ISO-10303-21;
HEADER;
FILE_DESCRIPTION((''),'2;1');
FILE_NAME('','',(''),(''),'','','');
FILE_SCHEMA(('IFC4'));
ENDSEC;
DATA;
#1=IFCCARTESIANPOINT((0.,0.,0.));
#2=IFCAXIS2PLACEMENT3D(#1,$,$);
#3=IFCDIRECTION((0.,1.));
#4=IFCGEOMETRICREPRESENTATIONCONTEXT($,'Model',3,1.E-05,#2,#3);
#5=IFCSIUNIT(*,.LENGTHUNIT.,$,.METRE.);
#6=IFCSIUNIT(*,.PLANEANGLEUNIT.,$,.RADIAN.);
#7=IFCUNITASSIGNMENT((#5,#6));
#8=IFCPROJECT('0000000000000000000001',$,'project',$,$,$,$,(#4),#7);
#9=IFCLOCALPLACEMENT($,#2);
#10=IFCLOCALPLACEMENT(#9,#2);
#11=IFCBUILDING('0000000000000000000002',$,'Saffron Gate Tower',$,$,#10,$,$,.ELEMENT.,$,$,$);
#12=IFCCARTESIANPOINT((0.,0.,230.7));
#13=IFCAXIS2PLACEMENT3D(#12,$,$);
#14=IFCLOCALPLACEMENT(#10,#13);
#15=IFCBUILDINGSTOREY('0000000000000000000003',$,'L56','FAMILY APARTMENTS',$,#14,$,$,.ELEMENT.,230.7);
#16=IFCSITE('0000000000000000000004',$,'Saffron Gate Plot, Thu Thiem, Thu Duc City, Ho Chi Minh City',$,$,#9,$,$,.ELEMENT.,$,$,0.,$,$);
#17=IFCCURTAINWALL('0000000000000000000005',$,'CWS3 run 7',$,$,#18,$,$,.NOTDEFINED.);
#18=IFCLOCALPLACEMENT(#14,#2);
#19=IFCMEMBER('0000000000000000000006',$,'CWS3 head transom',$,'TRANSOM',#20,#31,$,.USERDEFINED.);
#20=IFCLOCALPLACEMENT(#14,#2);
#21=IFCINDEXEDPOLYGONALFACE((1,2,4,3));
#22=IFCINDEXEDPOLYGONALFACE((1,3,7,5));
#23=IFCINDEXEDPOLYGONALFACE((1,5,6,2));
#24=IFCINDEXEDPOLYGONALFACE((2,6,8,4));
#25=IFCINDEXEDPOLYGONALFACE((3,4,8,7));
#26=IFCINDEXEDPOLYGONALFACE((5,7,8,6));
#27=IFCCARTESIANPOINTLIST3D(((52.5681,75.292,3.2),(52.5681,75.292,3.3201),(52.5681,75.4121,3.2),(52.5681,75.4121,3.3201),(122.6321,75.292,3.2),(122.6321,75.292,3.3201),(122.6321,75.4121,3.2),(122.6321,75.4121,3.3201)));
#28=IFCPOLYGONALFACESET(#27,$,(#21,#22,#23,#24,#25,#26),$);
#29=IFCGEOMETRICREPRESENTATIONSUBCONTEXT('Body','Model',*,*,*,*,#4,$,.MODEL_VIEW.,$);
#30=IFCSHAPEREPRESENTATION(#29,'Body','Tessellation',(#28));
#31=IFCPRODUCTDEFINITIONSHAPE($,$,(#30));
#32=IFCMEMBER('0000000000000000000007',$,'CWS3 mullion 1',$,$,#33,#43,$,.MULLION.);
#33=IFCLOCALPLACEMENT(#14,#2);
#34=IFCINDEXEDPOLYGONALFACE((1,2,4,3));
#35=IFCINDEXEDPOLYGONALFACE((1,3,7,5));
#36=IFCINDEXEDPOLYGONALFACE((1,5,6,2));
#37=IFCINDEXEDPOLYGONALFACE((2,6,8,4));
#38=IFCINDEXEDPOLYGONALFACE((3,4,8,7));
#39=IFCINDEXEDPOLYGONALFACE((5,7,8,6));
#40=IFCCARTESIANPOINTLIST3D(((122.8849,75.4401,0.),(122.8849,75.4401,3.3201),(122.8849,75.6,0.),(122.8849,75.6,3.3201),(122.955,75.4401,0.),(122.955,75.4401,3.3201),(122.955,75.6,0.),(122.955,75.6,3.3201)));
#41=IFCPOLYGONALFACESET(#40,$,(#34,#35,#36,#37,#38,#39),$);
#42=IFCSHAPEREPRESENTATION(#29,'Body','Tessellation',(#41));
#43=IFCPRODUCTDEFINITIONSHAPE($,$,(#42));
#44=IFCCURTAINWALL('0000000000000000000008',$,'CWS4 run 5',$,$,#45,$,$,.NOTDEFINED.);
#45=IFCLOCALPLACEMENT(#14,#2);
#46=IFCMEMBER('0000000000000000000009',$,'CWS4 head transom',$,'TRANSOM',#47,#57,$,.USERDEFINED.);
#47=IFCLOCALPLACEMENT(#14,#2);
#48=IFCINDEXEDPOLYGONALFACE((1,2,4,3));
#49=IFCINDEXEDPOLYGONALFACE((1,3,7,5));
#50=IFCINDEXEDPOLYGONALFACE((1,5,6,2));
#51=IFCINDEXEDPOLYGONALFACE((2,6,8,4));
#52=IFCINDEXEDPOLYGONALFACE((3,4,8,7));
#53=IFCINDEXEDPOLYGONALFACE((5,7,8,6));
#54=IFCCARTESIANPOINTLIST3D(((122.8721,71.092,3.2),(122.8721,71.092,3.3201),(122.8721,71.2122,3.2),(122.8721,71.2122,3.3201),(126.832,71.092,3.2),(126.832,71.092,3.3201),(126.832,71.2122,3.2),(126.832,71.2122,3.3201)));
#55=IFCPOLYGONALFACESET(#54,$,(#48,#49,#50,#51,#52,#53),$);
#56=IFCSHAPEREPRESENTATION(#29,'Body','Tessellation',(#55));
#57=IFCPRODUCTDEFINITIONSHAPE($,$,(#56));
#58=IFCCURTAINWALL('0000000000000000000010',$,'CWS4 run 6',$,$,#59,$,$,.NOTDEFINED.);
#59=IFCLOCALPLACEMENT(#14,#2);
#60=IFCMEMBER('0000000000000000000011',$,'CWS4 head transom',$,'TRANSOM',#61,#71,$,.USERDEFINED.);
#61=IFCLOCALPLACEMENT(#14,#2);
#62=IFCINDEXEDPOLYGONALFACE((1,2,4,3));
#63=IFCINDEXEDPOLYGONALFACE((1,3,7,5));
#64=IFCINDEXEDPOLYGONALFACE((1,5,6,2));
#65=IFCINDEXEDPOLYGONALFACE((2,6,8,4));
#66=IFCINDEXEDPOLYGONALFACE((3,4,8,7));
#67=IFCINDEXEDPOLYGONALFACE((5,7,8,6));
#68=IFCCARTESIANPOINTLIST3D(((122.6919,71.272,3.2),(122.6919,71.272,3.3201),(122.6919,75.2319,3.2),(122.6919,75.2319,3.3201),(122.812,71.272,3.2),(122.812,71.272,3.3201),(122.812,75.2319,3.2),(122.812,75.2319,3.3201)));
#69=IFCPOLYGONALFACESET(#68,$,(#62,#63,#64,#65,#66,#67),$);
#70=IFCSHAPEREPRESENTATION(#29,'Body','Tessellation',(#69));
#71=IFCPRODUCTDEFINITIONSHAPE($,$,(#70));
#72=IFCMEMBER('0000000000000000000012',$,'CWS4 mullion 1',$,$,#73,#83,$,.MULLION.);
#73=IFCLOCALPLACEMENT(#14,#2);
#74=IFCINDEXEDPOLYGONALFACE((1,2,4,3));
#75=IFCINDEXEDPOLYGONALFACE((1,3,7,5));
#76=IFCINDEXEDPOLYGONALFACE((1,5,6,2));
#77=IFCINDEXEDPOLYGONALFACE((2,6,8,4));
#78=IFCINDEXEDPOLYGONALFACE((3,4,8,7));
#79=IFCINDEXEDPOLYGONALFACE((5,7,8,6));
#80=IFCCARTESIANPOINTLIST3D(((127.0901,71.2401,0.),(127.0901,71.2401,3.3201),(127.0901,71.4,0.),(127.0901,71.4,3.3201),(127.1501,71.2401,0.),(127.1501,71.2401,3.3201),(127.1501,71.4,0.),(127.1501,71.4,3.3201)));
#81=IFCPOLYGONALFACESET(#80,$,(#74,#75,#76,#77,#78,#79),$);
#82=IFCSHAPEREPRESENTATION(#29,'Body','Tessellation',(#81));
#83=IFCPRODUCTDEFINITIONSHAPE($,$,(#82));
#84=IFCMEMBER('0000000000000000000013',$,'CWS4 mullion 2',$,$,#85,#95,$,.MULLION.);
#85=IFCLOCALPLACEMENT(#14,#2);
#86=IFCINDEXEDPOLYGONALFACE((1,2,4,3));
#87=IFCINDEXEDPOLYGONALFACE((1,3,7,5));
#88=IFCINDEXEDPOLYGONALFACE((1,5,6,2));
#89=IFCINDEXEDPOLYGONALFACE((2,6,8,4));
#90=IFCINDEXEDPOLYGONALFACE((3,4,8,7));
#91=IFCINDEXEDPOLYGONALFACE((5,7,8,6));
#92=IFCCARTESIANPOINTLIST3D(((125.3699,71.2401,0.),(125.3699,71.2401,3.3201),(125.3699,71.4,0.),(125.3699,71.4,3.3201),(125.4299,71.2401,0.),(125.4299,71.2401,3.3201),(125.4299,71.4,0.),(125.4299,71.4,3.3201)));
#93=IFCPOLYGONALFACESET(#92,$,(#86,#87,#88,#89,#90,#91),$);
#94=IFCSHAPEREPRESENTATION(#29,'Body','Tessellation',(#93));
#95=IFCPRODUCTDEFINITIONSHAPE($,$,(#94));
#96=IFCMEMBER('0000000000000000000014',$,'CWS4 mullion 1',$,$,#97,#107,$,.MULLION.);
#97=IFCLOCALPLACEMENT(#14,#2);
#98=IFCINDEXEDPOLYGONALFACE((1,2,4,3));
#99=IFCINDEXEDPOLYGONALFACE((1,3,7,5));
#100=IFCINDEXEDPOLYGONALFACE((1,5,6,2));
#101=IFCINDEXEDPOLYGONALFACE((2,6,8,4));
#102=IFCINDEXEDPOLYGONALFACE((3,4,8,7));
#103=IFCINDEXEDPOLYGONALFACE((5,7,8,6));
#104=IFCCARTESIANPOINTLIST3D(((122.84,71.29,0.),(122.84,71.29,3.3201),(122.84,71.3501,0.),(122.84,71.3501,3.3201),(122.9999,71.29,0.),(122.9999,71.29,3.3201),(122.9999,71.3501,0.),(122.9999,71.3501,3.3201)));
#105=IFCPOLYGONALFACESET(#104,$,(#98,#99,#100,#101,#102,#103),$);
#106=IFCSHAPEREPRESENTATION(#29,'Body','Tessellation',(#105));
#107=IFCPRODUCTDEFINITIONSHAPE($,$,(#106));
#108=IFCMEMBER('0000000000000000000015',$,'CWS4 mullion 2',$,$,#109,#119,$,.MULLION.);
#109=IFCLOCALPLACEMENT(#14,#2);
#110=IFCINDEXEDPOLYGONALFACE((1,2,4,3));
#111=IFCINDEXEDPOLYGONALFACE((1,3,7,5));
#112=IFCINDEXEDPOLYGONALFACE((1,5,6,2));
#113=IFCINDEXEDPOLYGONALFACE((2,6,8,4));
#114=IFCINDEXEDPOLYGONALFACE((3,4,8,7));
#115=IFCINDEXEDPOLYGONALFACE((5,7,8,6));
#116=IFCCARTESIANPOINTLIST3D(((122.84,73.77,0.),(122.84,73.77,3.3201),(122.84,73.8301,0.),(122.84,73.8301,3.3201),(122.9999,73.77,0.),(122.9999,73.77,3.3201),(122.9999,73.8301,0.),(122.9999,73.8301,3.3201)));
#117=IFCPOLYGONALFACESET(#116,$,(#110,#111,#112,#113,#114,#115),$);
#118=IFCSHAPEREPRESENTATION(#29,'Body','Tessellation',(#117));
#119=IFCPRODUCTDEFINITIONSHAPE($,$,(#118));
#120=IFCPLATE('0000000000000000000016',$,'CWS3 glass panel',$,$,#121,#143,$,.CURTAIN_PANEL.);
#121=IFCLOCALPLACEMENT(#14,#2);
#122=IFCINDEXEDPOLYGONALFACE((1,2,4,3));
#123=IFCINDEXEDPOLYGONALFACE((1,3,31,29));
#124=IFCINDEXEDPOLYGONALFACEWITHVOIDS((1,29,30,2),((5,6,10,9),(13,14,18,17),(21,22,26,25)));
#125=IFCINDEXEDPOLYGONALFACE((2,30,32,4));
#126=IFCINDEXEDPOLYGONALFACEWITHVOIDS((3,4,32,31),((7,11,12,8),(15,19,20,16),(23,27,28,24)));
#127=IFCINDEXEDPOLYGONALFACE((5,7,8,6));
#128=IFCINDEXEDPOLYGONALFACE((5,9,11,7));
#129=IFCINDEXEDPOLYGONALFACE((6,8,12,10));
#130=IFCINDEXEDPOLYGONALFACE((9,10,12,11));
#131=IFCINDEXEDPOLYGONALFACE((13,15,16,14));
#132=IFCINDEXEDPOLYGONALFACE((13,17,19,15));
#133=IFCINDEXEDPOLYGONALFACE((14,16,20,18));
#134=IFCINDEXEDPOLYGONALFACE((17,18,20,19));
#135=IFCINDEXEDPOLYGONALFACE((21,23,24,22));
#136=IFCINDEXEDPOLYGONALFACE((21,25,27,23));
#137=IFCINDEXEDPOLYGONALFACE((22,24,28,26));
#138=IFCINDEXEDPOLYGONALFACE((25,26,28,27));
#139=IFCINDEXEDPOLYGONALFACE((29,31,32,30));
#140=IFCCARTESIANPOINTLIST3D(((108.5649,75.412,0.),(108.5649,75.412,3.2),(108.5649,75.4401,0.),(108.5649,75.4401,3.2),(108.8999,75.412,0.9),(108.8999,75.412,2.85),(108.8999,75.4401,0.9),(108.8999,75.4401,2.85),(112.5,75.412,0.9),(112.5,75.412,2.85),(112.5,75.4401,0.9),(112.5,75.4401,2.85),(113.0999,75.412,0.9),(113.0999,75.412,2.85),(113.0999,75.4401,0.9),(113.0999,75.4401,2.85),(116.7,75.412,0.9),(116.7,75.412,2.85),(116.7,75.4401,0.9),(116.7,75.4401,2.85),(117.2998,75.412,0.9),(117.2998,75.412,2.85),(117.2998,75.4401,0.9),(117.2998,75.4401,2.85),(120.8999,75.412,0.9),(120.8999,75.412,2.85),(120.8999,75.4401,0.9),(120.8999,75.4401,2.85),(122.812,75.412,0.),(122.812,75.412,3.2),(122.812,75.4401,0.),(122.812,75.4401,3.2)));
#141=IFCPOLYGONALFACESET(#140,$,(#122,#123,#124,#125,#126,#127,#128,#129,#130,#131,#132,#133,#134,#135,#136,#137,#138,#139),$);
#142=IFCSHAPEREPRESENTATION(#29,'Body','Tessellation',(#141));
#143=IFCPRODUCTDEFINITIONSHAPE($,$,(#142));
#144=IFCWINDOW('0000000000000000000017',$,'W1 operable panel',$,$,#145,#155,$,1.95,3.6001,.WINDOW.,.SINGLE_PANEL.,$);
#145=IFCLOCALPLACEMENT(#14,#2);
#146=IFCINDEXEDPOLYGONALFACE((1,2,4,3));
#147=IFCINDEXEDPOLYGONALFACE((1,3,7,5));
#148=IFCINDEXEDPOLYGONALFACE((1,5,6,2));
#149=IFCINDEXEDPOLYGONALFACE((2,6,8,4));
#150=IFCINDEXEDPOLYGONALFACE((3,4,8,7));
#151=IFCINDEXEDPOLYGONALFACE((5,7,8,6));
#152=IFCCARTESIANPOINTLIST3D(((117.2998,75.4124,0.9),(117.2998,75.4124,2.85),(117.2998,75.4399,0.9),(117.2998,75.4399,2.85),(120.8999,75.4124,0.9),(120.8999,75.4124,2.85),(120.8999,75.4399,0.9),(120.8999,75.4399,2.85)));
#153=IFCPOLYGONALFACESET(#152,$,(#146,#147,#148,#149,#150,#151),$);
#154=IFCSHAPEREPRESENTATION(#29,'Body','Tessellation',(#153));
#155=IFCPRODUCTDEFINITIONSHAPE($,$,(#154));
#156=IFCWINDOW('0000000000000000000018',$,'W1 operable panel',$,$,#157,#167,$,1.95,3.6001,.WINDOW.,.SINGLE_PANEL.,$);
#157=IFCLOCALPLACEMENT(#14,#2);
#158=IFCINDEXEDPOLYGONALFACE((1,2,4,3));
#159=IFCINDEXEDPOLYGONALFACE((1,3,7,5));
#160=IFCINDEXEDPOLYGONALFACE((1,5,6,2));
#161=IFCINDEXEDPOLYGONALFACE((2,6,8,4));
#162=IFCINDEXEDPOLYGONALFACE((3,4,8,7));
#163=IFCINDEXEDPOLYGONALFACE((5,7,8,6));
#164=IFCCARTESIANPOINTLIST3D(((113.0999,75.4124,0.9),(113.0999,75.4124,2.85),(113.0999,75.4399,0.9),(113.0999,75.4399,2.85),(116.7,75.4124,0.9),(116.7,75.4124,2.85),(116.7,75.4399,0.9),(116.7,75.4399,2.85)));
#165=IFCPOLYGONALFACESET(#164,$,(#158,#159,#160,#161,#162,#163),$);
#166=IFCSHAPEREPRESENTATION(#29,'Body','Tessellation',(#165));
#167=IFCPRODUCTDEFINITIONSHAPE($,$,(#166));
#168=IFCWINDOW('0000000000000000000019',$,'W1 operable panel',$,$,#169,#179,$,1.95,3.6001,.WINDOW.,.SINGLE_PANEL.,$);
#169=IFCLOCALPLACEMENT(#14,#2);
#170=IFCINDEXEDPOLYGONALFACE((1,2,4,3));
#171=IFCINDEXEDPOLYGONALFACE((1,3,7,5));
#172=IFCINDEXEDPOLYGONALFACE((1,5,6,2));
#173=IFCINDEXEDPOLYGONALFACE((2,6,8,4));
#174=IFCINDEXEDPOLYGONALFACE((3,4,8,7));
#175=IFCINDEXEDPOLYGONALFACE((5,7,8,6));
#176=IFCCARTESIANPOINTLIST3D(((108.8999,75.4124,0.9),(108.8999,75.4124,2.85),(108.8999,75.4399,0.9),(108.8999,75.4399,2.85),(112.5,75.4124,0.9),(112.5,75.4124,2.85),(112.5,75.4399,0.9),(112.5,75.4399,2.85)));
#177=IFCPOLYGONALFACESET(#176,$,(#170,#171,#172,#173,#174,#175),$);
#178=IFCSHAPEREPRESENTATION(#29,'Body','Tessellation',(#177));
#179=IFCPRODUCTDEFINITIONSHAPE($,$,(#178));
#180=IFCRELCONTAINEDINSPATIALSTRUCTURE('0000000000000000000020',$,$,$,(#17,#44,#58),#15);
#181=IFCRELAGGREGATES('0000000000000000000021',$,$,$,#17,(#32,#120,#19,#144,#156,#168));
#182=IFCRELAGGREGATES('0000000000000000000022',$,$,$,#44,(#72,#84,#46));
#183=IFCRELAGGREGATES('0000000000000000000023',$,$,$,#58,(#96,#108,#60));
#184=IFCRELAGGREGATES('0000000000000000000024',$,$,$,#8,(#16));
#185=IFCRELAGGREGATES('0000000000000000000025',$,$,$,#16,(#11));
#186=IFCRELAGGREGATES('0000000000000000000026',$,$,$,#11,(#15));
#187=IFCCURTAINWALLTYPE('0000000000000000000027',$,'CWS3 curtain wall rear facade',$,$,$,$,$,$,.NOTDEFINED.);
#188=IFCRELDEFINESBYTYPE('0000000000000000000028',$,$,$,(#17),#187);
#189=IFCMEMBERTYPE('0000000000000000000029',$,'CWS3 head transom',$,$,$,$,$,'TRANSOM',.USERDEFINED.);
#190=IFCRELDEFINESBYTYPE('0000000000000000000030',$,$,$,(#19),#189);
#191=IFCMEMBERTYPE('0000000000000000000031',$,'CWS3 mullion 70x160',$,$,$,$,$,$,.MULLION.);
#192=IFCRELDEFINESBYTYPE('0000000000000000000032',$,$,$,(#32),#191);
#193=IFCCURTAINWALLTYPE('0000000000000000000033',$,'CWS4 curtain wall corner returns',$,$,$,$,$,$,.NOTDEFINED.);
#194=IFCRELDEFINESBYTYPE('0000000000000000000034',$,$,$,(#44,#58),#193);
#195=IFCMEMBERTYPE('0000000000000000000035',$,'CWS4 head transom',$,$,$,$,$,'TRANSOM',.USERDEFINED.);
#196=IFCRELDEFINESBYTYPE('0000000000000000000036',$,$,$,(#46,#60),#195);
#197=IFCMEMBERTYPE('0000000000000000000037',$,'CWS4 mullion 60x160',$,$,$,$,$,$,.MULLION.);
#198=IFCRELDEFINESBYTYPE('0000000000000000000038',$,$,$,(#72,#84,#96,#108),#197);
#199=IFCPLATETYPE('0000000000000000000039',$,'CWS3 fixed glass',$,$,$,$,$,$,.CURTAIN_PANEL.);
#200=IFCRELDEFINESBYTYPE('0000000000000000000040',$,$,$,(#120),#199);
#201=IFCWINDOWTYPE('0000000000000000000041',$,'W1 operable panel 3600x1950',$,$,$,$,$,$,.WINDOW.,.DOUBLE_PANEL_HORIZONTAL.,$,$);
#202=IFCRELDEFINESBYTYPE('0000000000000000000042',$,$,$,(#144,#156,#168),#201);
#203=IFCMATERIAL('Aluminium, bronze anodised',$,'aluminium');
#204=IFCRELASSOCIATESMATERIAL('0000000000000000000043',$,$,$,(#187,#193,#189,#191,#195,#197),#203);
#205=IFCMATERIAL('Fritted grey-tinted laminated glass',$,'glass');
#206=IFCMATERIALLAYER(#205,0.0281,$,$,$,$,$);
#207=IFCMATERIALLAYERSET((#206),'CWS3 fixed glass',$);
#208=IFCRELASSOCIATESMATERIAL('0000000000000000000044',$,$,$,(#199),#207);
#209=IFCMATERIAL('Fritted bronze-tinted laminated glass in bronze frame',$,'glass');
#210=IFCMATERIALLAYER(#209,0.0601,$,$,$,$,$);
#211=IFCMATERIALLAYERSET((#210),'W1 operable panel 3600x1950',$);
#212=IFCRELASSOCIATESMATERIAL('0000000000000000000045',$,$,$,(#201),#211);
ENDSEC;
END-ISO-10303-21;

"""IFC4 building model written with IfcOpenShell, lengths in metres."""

from ifc_helpers import new_model, si_unit, direction, frame, frame_2d, origin, origin_2d, place, context, subcontext, project, spatial, rectangle, extrude, material, layer, layer_set, material_profile, profile_set, type_object, element, fill, aggregate, save


model = new_model("IFC4")

# Units and contexts
model_context = context("Model", 3, precision=1e-05, world=origin(), true_north=direction((0.0, 1.0)))
body_context = subcontext(model_context, "Body", "Model", "MODEL_VIEW")
ifc_project = project(units=[si_unit("LENGTHUNIT", "METRE"), si_unit("PLANEANGLEUNIT", "RADIAN")], contexts=[model_context])

# Site, building, storey
site_placement = place(None, origin())
site = spatial("IfcSite", under=ifc_project, at=site_placement, Name="Saffron Gate Plot, Thu Thiem, Thu Duc City, Ho Chi Minh City", CompositionType="ELEMENT", RefElevation=0.0)
building_placement = place(site_placement, origin())
building = spatial("IfcBuilding", under=site, at=building_placement, Name="Saffron Gate Tower", CompositionType="ELEMENT")
storey_placement = place(building_placement, frame((0.0, 0.0, 230.7)))
storey = spatial("IfcBuildingStorey", under=building, at=storey_placement, Name="L56", Description="FAMILY APARTMENTS", CompositionType="ELEMENT", Elevation=230.7)

# Curtain wall, members
ifc_material_1 = material(Name="Aluminium, bronze anodised", Category="aluminium")
curtain_wall_type_1 = type_object("IfcCurtainWallType", Name="CWS3 curtain wall rear facade", PredefinedType="NOTDEFINED", material=ifc_material_1)
curtain_wall_1_placement = place(storey_placement, origin())
curtain_wall_1 = element("IfcCurtainWall", 1, at=curtain_wall_1_placement, inside=storey, type_object=curtain_wall_type_1, Name="CWS3 run 7", PredefinedType="NOTDEFINED")
ifc_material_profile_1 = material_profile(ifc_material_1, rectangle(XDim=0.1201, YDim=0.1201, at=origin_2d()))
ifc_profile_set_1 = profile_set([ifc_material_profile_1], Name="Aluminium, bronze anodised")
member_type_1 = type_object("IfcMemberType", Name="CWS3 head transom", ElementType="TRANSOM", PredefinedType="USERDEFINED", material=ifc_profile_set_1)
member_1_placement = place(storey_placement, frame((122.6321, 75.3521, 3.26), z_axis=(-1.0, 0.0, 0.0), x_axis=(0.0, -1.0, 0.0)))
member_1 = element("IfcMember", 2, at=member_1_placement, type_object=member_type_1, Name="CWS3 head transom", ObjectType="TRANSOM", PredefinedType="USERDEFINED", context=body_context, shape_type="SweptSolid", body=[
    extrude(rectangle(XDim=0.1201, YDim=0.1201, at=origin_2d()), origin(), (0.0, 0.0, 1.0), 70.064),
])
ifc_material_profile_2 = material_profile(ifc_material_1, rectangle(XDim=0.1599, YDim=0.0701, at=origin_2d()))
ifc_profile_set_2 = profile_set([ifc_material_profile_2], Name="Aluminium, bronze anodised")
member_type_2 = type_object("IfcMemberType", Name="CWS3 mullion 70x160", PredefinedType="MULLION", material=ifc_profile_set_2)
member_2_placement = place(storey_placement, frame((122.9199, 75.52, 0.0), z_axis=(0.0, 0.0, 1.0), x_axis=(0.0, -1.0, 0.0)))
member_2 = element("IfcMember", 3, at=member_2_placement, type_object=member_type_2, Name="CWS3 mullion 1", PredefinedType="MULLION", context=body_context, shape_type="SweptSolid", body=[
    extrude(rectangle(XDim=0.1599, YDim=0.0701, at=origin_2d()), origin(), (0.0, 0.0, 1.0), 3.3201),
])

# Curtain walls, members
curtain_wall_type_2 = type_object("IfcCurtainWallType", Name="CWS4 curtain wall corner returns", PredefinedType="NOTDEFINED", material=ifc_material_1)
curtain_wall_2_placement = place(storey_placement, origin())
curtain_wall_2 = element("IfcCurtainWall", 4, at=curtain_wall_2_placement, inside=storey, type_object=curtain_wall_type_2, Name="CWS4 run 5", PredefinedType="NOTDEFINED")
ifc_material_profile_3 = material_profile(ifc_material_1, rectangle(XDim=0.1201, YDim=0.1201, at=origin_2d()))
ifc_profile_set_3 = profile_set([ifc_material_profile_3], Name="Aluminium, bronze anodised")
member_type_3 = type_object("IfcMemberType", Name="CWS4 head transom", ElementType="TRANSOM", PredefinedType="USERDEFINED", material=ifc_profile_set_3)
member_3_placement = place(storey_placement, frame((126.832, 71.1521, 3.26), z_axis=(-1.0, 0.0, 0.0), x_axis=(0.0, -1.0, 0.0)))
member_3 = element("IfcMember", 5, at=member_3_placement, type_object=member_type_3, Name="CWS4 head transom", ObjectType="TRANSOM", PredefinedType="USERDEFINED", context=body_context, shape_type="SweptSolid", body=[
    extrude(rectangle(XDim=0.1201, YDim=0.1201, at=origin_2d()), origin(), (0.0, 0.0, 1.0), 3.96),
])
curtain_wall_3_placement = place(storey_placement, origin())
curtain_wall_3 = element("IfcCurtainWall", 6, at=curtain_wall_3_placement, inside=storey, type_object=curtain_wall_type_2, Name="CWS4 run 6", PredefinedType="NOTDEFINED")
member_4_placement = place(storey_placement, frame((122.752, 71.272, 3.26), z_axis=(0.0, 1.0, 0.0), x_axis=(-1.0, 0.0, 0.0)))
member_4 = element("IfcMember", 7, at=member_4_placement, type_object=member_type_3, Name="CWS4 head transom", ObjectType="TRANSOM", PredefinedType="USERDEFINED", context=body_context, shape_type="SweptSolid", body=[
    extrude(rectangle(XDim=0.1201, YDim=0.1201, at=origin_2d()), origin(), (0.0, 0.0, 1.0), 3.96),
])

# Members
ifc_material_profile_4 = material_profile(ifc_material_1, rectangle(XDim=0.1599, YDim=0.0601, at=origin_2d()))
ifc_profile_set_4 = profile_set([ifc_material_profile_4], Name="Aluminium, bronze anodised")
member_type_4 = type_object("IfcMemberType", Name="CWS4 mullion 60x160", PredefinedType="MULLION", material=ifc_profile_set_4)
member_5_placement = place(storey_placement, frame((127.1201, 71.3201, 0.0), z_axis=(0.0, 0.0, 1.0), x_axis=(0.0, -1.0, 0.0)))
member_5 = element("IfcMember", 8, at=member_5_placement, type_object=member_type_4, Name="CWS4 mullion 1", PredefinedType="MULLION", context=body_context, shape_type="SweptSolid", body=[
    extrude(rectangle(XDim=0.1599, YDim=0.0601, at=origin_2d()), origin(), (0.0, 0.0, 1.0), 3.3201),
])
member_6_placement = place(storey_placement, frame((125.3999, 71.3201, 0.0), z_axis=(0.0, 0.0, 1.0), x_axis=(0.0, -1.0, 0.0)))
member_6 = element("IfcMember", 9, at=member_6_placement, type_object=member_type_4, Name="CWS4 mullion 2", PredefinedType="MULLION", context=body_context, shape_type="SweptSolid", body=[
    extrude(rectangle(XDim=0.1599, YDim=0.0601, at=origin_2d()), origin(), (0.0, 0.0, 1.0), 3.3201),
])
member_7_placement = place(storey_placement, frame((122.9199, 71.3201, 0.0), z_axis=(0.0, 0.0, 1.0), x_axis=(-1.0, 0.0, 0.0)))
member_7 = element("IfcMember", 10, at=member_7_placement, type_object=member_type_4, Name="CWS4 mullion 1", PredefinedType="MULLION", context=body_context, shape_type="SweptSolid", body=[
    extrude(rectangle(XDim=0.1599, YDim=0.0601, at=origin_2d()), origin(), (0.0, 0.0, 1.0), 3.3201),
])
member_8_placement = place(storey_placement, frame((122.9199, 73.8, 0.0), z_axis=(0.0, 0.0, 1.0), x_axis=(-1.0, 0.0, 0.0)))
member_8 = element("IfcMember", 11, at=member_8_placement, type_object=member_type_4, Name="CWS4 mullion 2", PredefinedType="MULLION", context=body_context, shape_type="SweptSolid", body=[
    extrude(rectangle(XDim=0.1599, YDim=0.0601, at=origin_2d()), origin(), (0.0, 0.0, 1.0), 3.3201),
])

# Plate, openings, windows
ifc_material_2 = material(Name="Fritted grey-tinted laminated glass", Category="glass")
ifc_layer_1 = layer(ifc_material_2, 0.0281)
ifc_layer_set_1 = layer_set([ifc_layer_1], Name="CWS3 fixed glass")
plate_type_1 = type_object("IfcPlateType", Name="CWS3 fixed glass", PredefinedType="CURTAIN_PANEL", material=ifc_layer_set_1)
plate_1_placement = place(storey_placement, frame((122.812, 75.426, 0.0), z_axis=(0.0, 0.0, 1.0), x_axis=(-1.0, 0.0, 0.0)))
plate_1 = element("IfcPlate", 12, at=plate_1_placement, type_object=plate_type_1, Name="CWS3 glass panel", PredefinedType="CURTAIN_PANEL", context=body_context, shape_type="SweptSolid", body=[
    extrude(rectangle(XDim=14.2471, YDim=0.0281, at=frame_2d((7.1235, 0.0))), origin(), (0.0, 0.0, 1.0), 3.2),
])
opening_1_placement = place(plate_1_placement, frame((1.9121, 0.0, 0.8999)))
opening_1 = element("IfcOpeningElement", 13, at=opening_1_placement, cuts=plate_1, PredefinedType="OPENING", context=body_context, shape_type="SweptSolid", body=[
    extrude(rectangle(XDim=3.6001, YDim=1.95, at=frame_2d((1.8, 0.9751))), frame((0.0, 0.0239, 0.0), z_axis=(0.0, -1.0, 0.0), x_axis=(1.0, 0.0, 0.0)), (0.0, 0.0, 1.0), 0.0481),
])
opening_2_placement = place(plate_1_placement, frame((6.1121, 0.0, 0.8999)))
opening_2 = element("IfcOpeningElement", 14, at=opening_2_placement, cuts=plate_1, PredefinedType="OPENING", context=body_context, shape_type="SweptSolid", body=[
    extrude(rectangle(XDim=3.6001, YDim=1.95, at=frame_2d((1.8, 0.9751))), frame((0.0, 0.0239, 0.0), z_axis=(0.0, -1.0, 0.0), x_axis=(1.0, 0.0, 0.0)), (0.0, 0.0, 1.0), 0.0481),
])
opening_3_placement = place(plate_1_placement, frame((10.312, 0.0, 0.8999)))
opening_3 = element("IfcOpeningElement", 15, at=opening_3_placement, cuts=plate_1, PredefinedType="OPENING", context=body_context, shape_type="SweptSolid", body=[
    extrude(rectangle(XDim=3.6001, YDim=1.95, at=frame_2d((1.8, 0.9751))), frame((0.0, 0.0239, 0.0), z_axis=(0.0, -1.0, 0.0), x_axis=(1.0, 0.0, 0.0)), (0.0, 0.0, 1.0), 0.0481),
])
ifc_material_3 = material(Name="Fritted bronze-tinted laminated glass in bronze frame", Category="glass")
ifc_layer_2 = layer(ifc_material_3, 0.0601)
ifc_layer_set_2 = layer_set([ifc_layer_2], Name="W1 operable panel 3600x1950")
window_type = type_object("IfcWindowType", Name="W1 operable panel 3600x1950", PartitioningType="DOUBLE_PANEL_HORIZONTAL", PredefinedType="WINDOW", material=ifc_layer_set_2)
window_1_placement = place(opening_1_placement, origin())
window_1 = element("IfcWindow", 16, at=window_1_placement, type_object=window_type, Name="W1 operable panel", OverallHeight=1.95, OverallWidth=3.6001, PartitioningType="SINGLE_PANEL", PredefinedType="WINDOW", context=body_context, shape_type="SweptSolid", body=[
    extrude(rectangle(XDim=3.6001, YDim=1.95, at=frame_2d((1.8, 0.9751))), frame((0.0, 0.0137, 0.0), z_axis=(0.0, -1.0, 0.0), x_axis=(1.0, 0.0, 0.0)), (0.0, 0.0, 1.0), 0.0276),
])
fill(opening_1, window_1)
window_2_placement = place(opening_2_placement, origin())
window_2 = element("IfcWindow", 17, at=window_2_placement, type_object=window_type, Name="W1 operable panel", OverallHeight=1.95, OverallWidth=3.6001, PartitioningType="SINGLE_PANEL", PredefinedType="WINDOW", context=body_context, shape_type="SweptSolid", body=[
    extrude(rectangle(XDim=3.6001, YDim=1.95, at=frame_2d((1.8, 0.9751))), frame((0.0, 0.0137, 0.0), z_axis=(0.0, -1.0, 0.0), x_axis=(1.0, 0.0, 0.0)), (0.0, 0.0, 1.0), 0.0276),
])
fill(opening_2, window_2)
window_3_placement = place(opening_3_placement, origin())
window_3 = element("IfcWindow", 18, at=window_3_placement, type_object=window_type, Name="W1 operable panel", OverallHeight=1.95, OverallWidth=3.6001, PartitioningType="SINGLE_PANEL", PredefinedType="WINDOW", context=body_context, shape_type="SweptSolid", body=[
    extrude(rectangle(XDim=3.6001, YDim=1.95, at=frame_2d((1.8, 0.9751))), frame((0.0, 0.0137, 0.0), z_axis=(0.0, -1.0, 0.0), x_axis=(1.0, 0.0, 0.0)), (0.0, 0.0, 1.0), 0.0276),
])
fill(opening_3, window_3)
aggregate(curtain_wall_1, [member_2, plate_1, member_1, window_1, window_2, window_3])

aggregate(curtain_wall_2, [member_5, member_6, member_3])
aggregate(curtain_wall_3, [member_7, member_8, member_4])

save(model, "model.ifc")
